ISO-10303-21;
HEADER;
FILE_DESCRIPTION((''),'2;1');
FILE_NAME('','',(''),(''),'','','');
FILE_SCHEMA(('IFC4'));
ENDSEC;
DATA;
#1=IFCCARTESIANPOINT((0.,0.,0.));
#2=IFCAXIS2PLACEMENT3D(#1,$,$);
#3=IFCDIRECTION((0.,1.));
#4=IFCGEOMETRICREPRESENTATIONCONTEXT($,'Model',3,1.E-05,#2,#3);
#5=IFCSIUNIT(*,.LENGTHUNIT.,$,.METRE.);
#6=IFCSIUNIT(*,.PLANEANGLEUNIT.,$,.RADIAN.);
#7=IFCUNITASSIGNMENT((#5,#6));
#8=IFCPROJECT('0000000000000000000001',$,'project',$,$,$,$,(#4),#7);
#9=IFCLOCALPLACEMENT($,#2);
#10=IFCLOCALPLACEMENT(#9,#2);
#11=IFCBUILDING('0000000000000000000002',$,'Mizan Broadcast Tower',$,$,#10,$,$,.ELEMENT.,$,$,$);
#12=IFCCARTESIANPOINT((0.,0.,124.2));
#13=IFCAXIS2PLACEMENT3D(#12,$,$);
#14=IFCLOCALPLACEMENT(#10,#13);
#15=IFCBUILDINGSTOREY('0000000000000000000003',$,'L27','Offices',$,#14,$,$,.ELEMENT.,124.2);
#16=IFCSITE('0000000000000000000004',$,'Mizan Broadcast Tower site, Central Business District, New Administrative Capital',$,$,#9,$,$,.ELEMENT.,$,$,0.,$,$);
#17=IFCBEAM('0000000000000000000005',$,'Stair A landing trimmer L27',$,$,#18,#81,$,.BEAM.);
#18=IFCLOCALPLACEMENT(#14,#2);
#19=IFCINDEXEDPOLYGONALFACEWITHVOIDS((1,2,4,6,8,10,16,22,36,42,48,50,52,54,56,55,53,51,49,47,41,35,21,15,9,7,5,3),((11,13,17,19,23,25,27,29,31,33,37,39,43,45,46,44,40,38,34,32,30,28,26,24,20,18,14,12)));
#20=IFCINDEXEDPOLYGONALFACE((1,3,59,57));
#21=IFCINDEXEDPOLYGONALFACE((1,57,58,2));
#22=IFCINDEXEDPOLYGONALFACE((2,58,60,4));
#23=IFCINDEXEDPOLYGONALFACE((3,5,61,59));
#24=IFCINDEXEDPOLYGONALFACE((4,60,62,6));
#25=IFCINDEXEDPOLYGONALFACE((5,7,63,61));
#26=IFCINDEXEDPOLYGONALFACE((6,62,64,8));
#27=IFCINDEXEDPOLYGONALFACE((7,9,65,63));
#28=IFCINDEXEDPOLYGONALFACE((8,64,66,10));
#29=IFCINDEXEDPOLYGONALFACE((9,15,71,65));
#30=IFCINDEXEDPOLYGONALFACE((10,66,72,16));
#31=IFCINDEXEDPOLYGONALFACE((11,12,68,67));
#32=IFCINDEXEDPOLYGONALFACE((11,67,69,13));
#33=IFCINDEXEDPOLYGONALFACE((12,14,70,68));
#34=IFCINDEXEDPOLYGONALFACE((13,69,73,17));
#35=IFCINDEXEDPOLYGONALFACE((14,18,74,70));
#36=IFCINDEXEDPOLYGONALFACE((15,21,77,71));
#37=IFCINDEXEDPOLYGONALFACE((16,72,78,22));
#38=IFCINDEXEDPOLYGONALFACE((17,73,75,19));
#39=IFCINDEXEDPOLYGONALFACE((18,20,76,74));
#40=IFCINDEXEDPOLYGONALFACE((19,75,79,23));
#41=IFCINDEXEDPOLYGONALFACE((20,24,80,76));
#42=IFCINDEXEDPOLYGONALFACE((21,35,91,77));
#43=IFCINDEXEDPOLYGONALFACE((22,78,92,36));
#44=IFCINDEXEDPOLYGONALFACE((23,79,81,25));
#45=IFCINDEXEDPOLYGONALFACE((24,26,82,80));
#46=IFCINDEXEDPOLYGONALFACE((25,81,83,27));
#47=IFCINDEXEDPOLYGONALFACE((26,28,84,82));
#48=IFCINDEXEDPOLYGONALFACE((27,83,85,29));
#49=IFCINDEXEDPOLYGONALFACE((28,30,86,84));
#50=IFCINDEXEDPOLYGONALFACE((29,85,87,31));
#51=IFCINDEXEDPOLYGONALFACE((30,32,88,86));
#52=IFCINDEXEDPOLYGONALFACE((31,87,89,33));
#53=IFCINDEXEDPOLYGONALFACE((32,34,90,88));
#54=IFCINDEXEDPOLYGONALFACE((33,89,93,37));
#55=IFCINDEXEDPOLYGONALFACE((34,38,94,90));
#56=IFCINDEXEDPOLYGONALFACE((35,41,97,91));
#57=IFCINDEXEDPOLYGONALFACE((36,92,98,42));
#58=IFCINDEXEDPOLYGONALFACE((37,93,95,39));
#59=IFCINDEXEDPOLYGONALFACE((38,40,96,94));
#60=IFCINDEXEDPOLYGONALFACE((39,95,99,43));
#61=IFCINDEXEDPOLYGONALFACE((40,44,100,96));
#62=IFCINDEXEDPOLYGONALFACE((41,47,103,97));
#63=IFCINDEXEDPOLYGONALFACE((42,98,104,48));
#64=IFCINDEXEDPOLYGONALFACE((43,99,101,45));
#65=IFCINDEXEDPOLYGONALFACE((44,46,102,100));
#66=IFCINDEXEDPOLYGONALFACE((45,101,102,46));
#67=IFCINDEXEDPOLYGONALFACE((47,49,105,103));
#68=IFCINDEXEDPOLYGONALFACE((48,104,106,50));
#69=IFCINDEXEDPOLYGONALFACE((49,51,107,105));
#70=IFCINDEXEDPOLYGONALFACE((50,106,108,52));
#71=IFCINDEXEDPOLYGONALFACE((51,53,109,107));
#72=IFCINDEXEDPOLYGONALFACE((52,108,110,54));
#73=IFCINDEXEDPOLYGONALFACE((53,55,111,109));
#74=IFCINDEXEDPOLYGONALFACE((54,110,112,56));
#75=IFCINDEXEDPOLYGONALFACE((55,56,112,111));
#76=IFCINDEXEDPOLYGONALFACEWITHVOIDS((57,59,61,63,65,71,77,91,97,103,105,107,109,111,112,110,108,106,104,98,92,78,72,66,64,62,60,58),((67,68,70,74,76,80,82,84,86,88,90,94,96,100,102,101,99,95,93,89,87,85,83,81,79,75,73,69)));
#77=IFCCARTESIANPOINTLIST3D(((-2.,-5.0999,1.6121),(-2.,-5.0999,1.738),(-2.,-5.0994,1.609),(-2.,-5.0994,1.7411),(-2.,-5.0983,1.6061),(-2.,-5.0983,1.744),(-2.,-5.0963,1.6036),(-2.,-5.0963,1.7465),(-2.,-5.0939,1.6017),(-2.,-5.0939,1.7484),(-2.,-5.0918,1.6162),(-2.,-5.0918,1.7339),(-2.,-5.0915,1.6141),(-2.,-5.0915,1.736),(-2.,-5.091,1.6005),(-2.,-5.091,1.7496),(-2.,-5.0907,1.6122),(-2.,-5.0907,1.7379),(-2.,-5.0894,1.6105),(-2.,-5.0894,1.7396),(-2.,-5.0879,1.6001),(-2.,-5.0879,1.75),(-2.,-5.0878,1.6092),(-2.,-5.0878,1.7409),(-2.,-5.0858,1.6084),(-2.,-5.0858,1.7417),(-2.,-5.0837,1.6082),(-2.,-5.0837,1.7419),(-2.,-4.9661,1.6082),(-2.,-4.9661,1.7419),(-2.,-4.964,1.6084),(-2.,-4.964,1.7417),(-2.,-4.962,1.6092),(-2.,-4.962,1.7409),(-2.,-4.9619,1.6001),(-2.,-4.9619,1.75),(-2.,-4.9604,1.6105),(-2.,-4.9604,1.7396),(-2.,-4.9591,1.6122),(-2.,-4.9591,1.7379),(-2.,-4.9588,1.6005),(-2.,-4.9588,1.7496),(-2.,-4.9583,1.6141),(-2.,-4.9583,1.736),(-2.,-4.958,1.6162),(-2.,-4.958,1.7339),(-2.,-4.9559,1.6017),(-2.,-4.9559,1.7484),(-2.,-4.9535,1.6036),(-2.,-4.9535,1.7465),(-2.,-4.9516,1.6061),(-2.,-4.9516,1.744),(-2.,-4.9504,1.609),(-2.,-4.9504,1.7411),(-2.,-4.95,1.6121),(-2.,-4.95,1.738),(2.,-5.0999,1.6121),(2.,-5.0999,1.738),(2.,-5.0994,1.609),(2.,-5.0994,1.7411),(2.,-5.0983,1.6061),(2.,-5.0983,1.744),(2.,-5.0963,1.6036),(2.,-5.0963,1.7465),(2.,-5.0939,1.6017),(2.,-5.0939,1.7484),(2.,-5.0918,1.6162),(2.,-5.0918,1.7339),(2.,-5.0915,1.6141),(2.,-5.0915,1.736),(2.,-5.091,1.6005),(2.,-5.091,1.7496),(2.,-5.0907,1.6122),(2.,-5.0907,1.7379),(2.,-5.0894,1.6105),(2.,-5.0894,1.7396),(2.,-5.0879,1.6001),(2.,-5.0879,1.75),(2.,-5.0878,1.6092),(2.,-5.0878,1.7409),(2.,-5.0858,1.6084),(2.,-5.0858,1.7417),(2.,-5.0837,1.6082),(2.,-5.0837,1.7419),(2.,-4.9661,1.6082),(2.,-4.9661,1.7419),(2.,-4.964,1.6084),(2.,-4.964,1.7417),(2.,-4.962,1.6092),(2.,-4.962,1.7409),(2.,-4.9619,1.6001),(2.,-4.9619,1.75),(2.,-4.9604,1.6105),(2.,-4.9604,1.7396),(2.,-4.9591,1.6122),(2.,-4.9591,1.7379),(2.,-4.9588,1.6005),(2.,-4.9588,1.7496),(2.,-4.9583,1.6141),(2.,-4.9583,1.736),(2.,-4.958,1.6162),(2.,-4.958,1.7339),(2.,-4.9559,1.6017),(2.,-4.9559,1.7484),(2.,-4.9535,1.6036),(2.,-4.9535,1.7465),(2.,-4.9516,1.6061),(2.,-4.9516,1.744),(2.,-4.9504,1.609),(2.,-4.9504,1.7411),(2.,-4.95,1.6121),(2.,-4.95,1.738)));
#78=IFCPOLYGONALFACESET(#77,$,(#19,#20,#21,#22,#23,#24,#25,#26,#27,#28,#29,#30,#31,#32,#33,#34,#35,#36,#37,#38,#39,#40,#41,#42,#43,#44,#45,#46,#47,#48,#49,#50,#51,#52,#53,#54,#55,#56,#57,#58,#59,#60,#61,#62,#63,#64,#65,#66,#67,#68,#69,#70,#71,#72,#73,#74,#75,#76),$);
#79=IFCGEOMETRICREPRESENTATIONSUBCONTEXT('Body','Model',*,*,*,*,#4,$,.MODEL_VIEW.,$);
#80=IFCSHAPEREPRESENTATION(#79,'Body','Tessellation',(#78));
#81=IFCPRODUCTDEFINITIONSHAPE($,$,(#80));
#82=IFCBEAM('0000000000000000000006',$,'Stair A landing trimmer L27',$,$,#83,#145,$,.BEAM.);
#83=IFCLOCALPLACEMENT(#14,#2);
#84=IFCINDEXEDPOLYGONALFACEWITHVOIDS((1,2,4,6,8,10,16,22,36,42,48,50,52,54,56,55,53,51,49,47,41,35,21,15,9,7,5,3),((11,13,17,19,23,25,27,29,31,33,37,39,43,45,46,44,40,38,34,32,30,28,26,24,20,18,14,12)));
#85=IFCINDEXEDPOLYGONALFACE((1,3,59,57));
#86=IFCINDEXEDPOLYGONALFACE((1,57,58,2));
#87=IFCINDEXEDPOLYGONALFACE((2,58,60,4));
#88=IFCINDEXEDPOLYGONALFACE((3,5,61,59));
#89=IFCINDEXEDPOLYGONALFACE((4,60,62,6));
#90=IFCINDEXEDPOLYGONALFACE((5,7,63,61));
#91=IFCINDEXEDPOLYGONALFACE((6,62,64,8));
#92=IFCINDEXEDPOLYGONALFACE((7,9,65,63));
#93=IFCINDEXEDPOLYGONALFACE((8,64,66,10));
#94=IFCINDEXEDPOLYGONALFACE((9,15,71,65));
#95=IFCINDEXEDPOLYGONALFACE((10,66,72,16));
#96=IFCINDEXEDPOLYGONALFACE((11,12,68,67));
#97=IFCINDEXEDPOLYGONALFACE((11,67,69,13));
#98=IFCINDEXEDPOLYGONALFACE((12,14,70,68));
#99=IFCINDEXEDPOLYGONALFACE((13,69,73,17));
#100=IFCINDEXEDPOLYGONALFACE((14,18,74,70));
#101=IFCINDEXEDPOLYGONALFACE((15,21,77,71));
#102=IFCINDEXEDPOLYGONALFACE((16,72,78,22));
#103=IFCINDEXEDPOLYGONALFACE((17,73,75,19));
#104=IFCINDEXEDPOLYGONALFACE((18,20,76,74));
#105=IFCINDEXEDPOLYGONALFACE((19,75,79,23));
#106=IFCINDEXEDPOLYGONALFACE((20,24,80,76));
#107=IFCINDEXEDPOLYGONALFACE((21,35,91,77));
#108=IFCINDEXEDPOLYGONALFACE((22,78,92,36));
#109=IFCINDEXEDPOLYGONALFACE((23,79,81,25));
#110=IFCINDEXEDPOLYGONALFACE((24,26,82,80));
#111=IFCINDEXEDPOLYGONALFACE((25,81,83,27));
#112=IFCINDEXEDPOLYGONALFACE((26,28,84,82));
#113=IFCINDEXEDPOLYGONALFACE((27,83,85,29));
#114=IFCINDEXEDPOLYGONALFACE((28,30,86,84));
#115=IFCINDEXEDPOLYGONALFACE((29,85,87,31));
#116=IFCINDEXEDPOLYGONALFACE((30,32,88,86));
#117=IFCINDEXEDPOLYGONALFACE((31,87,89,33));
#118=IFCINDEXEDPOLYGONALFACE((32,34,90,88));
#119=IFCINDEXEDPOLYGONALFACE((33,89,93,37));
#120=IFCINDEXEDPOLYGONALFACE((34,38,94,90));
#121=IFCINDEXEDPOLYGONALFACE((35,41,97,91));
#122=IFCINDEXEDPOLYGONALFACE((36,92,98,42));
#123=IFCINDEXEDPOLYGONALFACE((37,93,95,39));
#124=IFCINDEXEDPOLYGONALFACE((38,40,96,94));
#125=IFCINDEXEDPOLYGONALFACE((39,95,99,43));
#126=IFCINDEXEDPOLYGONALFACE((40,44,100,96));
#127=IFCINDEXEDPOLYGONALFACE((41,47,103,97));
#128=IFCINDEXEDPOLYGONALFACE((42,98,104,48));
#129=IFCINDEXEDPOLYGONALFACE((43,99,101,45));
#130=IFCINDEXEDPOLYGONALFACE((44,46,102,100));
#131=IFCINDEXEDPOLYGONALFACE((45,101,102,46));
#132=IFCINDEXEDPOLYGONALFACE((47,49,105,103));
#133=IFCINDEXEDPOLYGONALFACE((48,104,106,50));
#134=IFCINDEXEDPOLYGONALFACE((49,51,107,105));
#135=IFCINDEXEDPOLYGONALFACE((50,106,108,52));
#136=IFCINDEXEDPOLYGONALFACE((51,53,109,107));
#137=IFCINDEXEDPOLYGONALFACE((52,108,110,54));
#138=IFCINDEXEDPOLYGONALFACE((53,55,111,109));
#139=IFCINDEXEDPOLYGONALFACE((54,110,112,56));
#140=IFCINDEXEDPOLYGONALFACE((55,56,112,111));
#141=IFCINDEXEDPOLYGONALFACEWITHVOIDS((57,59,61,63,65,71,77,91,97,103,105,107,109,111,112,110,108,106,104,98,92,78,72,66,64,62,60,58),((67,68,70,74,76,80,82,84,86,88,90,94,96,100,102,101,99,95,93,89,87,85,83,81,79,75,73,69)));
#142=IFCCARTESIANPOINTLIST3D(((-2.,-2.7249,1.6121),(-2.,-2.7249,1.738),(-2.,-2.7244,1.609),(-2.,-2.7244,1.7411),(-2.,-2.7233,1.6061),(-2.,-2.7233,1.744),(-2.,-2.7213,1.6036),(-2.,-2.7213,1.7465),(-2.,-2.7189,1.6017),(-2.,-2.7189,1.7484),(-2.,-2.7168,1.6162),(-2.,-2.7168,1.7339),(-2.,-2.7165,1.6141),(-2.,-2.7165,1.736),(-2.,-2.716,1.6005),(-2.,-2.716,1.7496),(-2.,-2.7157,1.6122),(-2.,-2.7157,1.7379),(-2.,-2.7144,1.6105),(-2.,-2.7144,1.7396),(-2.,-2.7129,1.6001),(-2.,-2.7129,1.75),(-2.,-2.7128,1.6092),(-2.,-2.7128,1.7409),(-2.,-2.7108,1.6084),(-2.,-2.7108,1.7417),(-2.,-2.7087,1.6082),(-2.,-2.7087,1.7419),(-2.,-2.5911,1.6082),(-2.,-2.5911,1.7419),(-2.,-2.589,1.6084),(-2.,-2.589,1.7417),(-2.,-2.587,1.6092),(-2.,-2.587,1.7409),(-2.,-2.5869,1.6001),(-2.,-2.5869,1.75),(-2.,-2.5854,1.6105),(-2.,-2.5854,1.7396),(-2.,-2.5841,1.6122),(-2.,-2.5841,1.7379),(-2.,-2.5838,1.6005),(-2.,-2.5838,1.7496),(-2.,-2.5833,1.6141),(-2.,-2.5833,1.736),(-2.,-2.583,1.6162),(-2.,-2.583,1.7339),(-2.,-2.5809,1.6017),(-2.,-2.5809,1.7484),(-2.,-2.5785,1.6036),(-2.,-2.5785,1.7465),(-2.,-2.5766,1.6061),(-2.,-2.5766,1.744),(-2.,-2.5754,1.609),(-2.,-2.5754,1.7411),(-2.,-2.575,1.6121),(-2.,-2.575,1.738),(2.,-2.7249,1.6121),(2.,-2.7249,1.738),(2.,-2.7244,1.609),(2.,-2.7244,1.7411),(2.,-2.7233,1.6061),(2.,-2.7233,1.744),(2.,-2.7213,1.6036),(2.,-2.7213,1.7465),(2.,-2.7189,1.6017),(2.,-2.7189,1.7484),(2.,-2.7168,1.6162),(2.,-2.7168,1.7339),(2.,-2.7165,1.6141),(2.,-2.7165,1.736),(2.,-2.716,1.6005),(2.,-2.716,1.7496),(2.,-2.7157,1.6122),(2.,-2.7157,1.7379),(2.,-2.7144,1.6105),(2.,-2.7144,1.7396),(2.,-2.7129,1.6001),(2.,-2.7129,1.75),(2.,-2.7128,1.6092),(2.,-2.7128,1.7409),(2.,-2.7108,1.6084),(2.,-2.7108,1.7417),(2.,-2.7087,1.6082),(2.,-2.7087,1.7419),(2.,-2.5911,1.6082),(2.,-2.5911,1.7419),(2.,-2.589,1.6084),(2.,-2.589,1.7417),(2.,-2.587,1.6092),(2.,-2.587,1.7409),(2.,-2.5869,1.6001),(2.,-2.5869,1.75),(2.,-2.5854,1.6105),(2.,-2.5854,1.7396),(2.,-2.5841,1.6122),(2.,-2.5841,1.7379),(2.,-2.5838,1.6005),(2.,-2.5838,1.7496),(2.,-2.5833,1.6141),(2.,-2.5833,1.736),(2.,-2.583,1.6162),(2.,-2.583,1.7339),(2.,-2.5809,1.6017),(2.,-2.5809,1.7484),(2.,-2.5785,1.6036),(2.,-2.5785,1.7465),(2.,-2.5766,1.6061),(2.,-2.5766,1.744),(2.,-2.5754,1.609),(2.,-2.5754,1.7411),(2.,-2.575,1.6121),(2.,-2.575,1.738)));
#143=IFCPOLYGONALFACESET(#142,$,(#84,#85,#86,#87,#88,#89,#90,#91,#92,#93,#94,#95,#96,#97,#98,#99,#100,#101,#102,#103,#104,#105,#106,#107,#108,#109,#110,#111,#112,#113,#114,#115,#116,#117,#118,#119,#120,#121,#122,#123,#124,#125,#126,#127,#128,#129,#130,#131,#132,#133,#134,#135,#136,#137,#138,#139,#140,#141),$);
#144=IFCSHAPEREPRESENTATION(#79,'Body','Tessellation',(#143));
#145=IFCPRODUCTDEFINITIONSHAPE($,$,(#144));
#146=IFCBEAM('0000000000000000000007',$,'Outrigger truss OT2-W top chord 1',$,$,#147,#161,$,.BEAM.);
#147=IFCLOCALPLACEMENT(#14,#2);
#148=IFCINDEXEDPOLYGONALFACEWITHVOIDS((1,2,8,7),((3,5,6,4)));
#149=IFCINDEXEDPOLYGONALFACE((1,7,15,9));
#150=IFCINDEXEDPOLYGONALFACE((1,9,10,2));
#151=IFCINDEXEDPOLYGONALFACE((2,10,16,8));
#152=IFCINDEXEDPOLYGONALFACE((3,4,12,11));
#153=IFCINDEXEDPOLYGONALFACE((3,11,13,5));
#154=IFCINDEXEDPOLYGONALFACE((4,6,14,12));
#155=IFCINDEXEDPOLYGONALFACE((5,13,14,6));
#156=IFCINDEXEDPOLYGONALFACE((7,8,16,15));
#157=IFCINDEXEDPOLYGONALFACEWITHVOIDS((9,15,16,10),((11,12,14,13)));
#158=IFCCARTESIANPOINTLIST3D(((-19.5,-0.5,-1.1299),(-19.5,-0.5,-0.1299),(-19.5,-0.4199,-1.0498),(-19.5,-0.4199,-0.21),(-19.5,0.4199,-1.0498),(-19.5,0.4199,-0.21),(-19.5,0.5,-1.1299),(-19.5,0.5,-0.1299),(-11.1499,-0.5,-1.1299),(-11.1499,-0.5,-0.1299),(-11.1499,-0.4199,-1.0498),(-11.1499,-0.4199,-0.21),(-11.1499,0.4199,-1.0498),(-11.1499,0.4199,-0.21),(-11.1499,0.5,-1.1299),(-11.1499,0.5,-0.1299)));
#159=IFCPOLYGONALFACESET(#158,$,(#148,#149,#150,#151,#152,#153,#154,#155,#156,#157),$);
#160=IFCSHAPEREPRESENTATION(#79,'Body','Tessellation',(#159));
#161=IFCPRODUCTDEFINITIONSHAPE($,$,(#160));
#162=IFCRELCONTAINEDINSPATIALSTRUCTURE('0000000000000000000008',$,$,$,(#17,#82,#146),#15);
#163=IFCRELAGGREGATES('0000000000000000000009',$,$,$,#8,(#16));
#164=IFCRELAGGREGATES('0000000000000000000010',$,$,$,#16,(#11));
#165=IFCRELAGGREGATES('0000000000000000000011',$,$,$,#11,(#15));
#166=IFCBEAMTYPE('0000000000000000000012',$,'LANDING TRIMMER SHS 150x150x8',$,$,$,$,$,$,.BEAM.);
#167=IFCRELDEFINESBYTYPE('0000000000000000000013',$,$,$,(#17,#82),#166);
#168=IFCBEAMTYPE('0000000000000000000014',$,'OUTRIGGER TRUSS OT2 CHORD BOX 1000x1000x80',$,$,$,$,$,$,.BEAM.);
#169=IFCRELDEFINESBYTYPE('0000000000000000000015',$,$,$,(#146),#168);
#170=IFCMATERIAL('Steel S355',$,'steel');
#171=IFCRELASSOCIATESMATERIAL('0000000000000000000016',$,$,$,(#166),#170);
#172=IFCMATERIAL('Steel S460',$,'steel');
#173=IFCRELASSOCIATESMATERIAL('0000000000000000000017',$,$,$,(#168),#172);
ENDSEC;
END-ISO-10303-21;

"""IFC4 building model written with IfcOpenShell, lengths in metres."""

from ifc_helpers import new_model, si_unit, direction, frame, origin, origin_2d, place, context, subcontext, project, spatial, hollow_rectangle, extrude, material, material_profile, profile_set, type_object, element, save


model = new_model("IFC4")

# Units and contexts
model_context = context("Model", 3, precision=1e-05, world=origin(), true_north=direction((0.0, 1.0)))
body_context = subcontext(model_context, "Body", "Model", "MODEL_VIEW")
ifc_project = project(units=[si_unit("LENGTHUNIT", "METRE"), si_unit("PLANEANGLEUNIT", "RADIAN")], contexts=[model_context])

# Site, building, storey
site_placement = place(None, origin())
site = spatial("IfcSite", under=ifc_project, at=site_placement, Name="Mizan Broadcast Tower site, Central Business District, New Administrative Capital", CompositionType="ELEMENT", RefElevation=0.0)
building_placement = place(site_placement, origin())
building = spatial("IfcBuilding", under=site, at=building_placement, Name="Mizan Broadcast Tower", CompositionType="ELEMENT")
storey_placement = place(building_placement, frame((0.0, 0.0, 124.2)))
storey = spatial("IfcBuildingStorey", under=building, at=storey_placement, Name="L27", Description="Offices", CompositionType="ELEMENT", Elevation=124.2)

# Beams
ifc_material_1 = material(Name="Steel S355", Category="steel")
ifc_material_profile_1 = material_profile(ifc_material_1, hollow_rectangle(XDim=0.1499, YDim=0.1499, WallThickness=0.0081, InnerFilletRadius=0.0081, OuterFilletRadius=0.012, at=origin_2d()), Name="SHS 150x150x8")
ifc_profile_set_1 = profile_set([ifc_material_profile_1], Name="Steel S355")
beam_type_1 = type_object("IfcBeamType", Name="LANDING TRIMMER SHS 150x150x8", PredefinedType="BEAM", material=ifc_profile_set_1)
for number, where, z_axis, x_axis, name in (
    (1, (-2.0, -5.0249, 1.675), (1.0, 0.0, 0.0), (0.0, 1.0, 0.0), "Stair A landing trimmer L27"),
    (2, (-2.0, -2.6499, 1.675), (1.0, 0.0, 0.0), (0.0, 1.0, 0.0), "Stair A landing trimmer L27"),
):
    element("IfcBeam", number, at=place(storey_placement, frame(where, z_axis=z_axis, x_axis=x_axis)), inside=storey, type_object=beam_type_1, Name=name, PredefinedType="BEAM", context=body_context, shape_type="SweptSolid", body=[
        extrude(hollow_rectangle(XDim=0.1499, YDim=0.1499, WallThickness=0.0081, InnerFilletRadius=0.0081, OuterFilletRadius=0.012, at=origin_2d()), origin(), (0.0, 0.0, 1.0), 4.0),
    ])
ifc_material_2 = material(Name="Steel S460", Category="steel")
ifc_material_profile_2 = material_profile(ifc_material_2, hollow_rectangle(XDim=1.0, YDim=1.0, WallThickness=0.0801, at=origin_2d()), Name="BOX 1000x1000x80")
ifc_profile_set_2 = profile_set([ifc_material_profile_2], Name="Steel S460")
beam_type_2 = type_object("IfcBeamType", Name="OUTRIGGER TRUSS OT2 CHORD BOX 1000x1000x80", PredefinedType="BEAM", material=ifc_profile_set_2)
beam_placement = place(storey_placement, frame((-11.1499, 0.0, -0.6299), z_axis=(-1.0, 0.0, 0.0), x_axis=(0.0, -1.0, 0.0)))
element("IfcBeam", 3, at=beam_placement, inside=storey, type_object=beam_type_2, Name="Outrigger truss OT2-W top chord 1", PredefinedType="BEAM", context=body_context, shape_type="SweptSolid", body=[
    extrude(hollow_rectangle(XDim=1.0, YDim=1.0, WallThickness=0.0801, at=origin_2d()), origin(), (0.0, 0.0, 1.0), 8.3501),
])

save(model, "model.ifc")
